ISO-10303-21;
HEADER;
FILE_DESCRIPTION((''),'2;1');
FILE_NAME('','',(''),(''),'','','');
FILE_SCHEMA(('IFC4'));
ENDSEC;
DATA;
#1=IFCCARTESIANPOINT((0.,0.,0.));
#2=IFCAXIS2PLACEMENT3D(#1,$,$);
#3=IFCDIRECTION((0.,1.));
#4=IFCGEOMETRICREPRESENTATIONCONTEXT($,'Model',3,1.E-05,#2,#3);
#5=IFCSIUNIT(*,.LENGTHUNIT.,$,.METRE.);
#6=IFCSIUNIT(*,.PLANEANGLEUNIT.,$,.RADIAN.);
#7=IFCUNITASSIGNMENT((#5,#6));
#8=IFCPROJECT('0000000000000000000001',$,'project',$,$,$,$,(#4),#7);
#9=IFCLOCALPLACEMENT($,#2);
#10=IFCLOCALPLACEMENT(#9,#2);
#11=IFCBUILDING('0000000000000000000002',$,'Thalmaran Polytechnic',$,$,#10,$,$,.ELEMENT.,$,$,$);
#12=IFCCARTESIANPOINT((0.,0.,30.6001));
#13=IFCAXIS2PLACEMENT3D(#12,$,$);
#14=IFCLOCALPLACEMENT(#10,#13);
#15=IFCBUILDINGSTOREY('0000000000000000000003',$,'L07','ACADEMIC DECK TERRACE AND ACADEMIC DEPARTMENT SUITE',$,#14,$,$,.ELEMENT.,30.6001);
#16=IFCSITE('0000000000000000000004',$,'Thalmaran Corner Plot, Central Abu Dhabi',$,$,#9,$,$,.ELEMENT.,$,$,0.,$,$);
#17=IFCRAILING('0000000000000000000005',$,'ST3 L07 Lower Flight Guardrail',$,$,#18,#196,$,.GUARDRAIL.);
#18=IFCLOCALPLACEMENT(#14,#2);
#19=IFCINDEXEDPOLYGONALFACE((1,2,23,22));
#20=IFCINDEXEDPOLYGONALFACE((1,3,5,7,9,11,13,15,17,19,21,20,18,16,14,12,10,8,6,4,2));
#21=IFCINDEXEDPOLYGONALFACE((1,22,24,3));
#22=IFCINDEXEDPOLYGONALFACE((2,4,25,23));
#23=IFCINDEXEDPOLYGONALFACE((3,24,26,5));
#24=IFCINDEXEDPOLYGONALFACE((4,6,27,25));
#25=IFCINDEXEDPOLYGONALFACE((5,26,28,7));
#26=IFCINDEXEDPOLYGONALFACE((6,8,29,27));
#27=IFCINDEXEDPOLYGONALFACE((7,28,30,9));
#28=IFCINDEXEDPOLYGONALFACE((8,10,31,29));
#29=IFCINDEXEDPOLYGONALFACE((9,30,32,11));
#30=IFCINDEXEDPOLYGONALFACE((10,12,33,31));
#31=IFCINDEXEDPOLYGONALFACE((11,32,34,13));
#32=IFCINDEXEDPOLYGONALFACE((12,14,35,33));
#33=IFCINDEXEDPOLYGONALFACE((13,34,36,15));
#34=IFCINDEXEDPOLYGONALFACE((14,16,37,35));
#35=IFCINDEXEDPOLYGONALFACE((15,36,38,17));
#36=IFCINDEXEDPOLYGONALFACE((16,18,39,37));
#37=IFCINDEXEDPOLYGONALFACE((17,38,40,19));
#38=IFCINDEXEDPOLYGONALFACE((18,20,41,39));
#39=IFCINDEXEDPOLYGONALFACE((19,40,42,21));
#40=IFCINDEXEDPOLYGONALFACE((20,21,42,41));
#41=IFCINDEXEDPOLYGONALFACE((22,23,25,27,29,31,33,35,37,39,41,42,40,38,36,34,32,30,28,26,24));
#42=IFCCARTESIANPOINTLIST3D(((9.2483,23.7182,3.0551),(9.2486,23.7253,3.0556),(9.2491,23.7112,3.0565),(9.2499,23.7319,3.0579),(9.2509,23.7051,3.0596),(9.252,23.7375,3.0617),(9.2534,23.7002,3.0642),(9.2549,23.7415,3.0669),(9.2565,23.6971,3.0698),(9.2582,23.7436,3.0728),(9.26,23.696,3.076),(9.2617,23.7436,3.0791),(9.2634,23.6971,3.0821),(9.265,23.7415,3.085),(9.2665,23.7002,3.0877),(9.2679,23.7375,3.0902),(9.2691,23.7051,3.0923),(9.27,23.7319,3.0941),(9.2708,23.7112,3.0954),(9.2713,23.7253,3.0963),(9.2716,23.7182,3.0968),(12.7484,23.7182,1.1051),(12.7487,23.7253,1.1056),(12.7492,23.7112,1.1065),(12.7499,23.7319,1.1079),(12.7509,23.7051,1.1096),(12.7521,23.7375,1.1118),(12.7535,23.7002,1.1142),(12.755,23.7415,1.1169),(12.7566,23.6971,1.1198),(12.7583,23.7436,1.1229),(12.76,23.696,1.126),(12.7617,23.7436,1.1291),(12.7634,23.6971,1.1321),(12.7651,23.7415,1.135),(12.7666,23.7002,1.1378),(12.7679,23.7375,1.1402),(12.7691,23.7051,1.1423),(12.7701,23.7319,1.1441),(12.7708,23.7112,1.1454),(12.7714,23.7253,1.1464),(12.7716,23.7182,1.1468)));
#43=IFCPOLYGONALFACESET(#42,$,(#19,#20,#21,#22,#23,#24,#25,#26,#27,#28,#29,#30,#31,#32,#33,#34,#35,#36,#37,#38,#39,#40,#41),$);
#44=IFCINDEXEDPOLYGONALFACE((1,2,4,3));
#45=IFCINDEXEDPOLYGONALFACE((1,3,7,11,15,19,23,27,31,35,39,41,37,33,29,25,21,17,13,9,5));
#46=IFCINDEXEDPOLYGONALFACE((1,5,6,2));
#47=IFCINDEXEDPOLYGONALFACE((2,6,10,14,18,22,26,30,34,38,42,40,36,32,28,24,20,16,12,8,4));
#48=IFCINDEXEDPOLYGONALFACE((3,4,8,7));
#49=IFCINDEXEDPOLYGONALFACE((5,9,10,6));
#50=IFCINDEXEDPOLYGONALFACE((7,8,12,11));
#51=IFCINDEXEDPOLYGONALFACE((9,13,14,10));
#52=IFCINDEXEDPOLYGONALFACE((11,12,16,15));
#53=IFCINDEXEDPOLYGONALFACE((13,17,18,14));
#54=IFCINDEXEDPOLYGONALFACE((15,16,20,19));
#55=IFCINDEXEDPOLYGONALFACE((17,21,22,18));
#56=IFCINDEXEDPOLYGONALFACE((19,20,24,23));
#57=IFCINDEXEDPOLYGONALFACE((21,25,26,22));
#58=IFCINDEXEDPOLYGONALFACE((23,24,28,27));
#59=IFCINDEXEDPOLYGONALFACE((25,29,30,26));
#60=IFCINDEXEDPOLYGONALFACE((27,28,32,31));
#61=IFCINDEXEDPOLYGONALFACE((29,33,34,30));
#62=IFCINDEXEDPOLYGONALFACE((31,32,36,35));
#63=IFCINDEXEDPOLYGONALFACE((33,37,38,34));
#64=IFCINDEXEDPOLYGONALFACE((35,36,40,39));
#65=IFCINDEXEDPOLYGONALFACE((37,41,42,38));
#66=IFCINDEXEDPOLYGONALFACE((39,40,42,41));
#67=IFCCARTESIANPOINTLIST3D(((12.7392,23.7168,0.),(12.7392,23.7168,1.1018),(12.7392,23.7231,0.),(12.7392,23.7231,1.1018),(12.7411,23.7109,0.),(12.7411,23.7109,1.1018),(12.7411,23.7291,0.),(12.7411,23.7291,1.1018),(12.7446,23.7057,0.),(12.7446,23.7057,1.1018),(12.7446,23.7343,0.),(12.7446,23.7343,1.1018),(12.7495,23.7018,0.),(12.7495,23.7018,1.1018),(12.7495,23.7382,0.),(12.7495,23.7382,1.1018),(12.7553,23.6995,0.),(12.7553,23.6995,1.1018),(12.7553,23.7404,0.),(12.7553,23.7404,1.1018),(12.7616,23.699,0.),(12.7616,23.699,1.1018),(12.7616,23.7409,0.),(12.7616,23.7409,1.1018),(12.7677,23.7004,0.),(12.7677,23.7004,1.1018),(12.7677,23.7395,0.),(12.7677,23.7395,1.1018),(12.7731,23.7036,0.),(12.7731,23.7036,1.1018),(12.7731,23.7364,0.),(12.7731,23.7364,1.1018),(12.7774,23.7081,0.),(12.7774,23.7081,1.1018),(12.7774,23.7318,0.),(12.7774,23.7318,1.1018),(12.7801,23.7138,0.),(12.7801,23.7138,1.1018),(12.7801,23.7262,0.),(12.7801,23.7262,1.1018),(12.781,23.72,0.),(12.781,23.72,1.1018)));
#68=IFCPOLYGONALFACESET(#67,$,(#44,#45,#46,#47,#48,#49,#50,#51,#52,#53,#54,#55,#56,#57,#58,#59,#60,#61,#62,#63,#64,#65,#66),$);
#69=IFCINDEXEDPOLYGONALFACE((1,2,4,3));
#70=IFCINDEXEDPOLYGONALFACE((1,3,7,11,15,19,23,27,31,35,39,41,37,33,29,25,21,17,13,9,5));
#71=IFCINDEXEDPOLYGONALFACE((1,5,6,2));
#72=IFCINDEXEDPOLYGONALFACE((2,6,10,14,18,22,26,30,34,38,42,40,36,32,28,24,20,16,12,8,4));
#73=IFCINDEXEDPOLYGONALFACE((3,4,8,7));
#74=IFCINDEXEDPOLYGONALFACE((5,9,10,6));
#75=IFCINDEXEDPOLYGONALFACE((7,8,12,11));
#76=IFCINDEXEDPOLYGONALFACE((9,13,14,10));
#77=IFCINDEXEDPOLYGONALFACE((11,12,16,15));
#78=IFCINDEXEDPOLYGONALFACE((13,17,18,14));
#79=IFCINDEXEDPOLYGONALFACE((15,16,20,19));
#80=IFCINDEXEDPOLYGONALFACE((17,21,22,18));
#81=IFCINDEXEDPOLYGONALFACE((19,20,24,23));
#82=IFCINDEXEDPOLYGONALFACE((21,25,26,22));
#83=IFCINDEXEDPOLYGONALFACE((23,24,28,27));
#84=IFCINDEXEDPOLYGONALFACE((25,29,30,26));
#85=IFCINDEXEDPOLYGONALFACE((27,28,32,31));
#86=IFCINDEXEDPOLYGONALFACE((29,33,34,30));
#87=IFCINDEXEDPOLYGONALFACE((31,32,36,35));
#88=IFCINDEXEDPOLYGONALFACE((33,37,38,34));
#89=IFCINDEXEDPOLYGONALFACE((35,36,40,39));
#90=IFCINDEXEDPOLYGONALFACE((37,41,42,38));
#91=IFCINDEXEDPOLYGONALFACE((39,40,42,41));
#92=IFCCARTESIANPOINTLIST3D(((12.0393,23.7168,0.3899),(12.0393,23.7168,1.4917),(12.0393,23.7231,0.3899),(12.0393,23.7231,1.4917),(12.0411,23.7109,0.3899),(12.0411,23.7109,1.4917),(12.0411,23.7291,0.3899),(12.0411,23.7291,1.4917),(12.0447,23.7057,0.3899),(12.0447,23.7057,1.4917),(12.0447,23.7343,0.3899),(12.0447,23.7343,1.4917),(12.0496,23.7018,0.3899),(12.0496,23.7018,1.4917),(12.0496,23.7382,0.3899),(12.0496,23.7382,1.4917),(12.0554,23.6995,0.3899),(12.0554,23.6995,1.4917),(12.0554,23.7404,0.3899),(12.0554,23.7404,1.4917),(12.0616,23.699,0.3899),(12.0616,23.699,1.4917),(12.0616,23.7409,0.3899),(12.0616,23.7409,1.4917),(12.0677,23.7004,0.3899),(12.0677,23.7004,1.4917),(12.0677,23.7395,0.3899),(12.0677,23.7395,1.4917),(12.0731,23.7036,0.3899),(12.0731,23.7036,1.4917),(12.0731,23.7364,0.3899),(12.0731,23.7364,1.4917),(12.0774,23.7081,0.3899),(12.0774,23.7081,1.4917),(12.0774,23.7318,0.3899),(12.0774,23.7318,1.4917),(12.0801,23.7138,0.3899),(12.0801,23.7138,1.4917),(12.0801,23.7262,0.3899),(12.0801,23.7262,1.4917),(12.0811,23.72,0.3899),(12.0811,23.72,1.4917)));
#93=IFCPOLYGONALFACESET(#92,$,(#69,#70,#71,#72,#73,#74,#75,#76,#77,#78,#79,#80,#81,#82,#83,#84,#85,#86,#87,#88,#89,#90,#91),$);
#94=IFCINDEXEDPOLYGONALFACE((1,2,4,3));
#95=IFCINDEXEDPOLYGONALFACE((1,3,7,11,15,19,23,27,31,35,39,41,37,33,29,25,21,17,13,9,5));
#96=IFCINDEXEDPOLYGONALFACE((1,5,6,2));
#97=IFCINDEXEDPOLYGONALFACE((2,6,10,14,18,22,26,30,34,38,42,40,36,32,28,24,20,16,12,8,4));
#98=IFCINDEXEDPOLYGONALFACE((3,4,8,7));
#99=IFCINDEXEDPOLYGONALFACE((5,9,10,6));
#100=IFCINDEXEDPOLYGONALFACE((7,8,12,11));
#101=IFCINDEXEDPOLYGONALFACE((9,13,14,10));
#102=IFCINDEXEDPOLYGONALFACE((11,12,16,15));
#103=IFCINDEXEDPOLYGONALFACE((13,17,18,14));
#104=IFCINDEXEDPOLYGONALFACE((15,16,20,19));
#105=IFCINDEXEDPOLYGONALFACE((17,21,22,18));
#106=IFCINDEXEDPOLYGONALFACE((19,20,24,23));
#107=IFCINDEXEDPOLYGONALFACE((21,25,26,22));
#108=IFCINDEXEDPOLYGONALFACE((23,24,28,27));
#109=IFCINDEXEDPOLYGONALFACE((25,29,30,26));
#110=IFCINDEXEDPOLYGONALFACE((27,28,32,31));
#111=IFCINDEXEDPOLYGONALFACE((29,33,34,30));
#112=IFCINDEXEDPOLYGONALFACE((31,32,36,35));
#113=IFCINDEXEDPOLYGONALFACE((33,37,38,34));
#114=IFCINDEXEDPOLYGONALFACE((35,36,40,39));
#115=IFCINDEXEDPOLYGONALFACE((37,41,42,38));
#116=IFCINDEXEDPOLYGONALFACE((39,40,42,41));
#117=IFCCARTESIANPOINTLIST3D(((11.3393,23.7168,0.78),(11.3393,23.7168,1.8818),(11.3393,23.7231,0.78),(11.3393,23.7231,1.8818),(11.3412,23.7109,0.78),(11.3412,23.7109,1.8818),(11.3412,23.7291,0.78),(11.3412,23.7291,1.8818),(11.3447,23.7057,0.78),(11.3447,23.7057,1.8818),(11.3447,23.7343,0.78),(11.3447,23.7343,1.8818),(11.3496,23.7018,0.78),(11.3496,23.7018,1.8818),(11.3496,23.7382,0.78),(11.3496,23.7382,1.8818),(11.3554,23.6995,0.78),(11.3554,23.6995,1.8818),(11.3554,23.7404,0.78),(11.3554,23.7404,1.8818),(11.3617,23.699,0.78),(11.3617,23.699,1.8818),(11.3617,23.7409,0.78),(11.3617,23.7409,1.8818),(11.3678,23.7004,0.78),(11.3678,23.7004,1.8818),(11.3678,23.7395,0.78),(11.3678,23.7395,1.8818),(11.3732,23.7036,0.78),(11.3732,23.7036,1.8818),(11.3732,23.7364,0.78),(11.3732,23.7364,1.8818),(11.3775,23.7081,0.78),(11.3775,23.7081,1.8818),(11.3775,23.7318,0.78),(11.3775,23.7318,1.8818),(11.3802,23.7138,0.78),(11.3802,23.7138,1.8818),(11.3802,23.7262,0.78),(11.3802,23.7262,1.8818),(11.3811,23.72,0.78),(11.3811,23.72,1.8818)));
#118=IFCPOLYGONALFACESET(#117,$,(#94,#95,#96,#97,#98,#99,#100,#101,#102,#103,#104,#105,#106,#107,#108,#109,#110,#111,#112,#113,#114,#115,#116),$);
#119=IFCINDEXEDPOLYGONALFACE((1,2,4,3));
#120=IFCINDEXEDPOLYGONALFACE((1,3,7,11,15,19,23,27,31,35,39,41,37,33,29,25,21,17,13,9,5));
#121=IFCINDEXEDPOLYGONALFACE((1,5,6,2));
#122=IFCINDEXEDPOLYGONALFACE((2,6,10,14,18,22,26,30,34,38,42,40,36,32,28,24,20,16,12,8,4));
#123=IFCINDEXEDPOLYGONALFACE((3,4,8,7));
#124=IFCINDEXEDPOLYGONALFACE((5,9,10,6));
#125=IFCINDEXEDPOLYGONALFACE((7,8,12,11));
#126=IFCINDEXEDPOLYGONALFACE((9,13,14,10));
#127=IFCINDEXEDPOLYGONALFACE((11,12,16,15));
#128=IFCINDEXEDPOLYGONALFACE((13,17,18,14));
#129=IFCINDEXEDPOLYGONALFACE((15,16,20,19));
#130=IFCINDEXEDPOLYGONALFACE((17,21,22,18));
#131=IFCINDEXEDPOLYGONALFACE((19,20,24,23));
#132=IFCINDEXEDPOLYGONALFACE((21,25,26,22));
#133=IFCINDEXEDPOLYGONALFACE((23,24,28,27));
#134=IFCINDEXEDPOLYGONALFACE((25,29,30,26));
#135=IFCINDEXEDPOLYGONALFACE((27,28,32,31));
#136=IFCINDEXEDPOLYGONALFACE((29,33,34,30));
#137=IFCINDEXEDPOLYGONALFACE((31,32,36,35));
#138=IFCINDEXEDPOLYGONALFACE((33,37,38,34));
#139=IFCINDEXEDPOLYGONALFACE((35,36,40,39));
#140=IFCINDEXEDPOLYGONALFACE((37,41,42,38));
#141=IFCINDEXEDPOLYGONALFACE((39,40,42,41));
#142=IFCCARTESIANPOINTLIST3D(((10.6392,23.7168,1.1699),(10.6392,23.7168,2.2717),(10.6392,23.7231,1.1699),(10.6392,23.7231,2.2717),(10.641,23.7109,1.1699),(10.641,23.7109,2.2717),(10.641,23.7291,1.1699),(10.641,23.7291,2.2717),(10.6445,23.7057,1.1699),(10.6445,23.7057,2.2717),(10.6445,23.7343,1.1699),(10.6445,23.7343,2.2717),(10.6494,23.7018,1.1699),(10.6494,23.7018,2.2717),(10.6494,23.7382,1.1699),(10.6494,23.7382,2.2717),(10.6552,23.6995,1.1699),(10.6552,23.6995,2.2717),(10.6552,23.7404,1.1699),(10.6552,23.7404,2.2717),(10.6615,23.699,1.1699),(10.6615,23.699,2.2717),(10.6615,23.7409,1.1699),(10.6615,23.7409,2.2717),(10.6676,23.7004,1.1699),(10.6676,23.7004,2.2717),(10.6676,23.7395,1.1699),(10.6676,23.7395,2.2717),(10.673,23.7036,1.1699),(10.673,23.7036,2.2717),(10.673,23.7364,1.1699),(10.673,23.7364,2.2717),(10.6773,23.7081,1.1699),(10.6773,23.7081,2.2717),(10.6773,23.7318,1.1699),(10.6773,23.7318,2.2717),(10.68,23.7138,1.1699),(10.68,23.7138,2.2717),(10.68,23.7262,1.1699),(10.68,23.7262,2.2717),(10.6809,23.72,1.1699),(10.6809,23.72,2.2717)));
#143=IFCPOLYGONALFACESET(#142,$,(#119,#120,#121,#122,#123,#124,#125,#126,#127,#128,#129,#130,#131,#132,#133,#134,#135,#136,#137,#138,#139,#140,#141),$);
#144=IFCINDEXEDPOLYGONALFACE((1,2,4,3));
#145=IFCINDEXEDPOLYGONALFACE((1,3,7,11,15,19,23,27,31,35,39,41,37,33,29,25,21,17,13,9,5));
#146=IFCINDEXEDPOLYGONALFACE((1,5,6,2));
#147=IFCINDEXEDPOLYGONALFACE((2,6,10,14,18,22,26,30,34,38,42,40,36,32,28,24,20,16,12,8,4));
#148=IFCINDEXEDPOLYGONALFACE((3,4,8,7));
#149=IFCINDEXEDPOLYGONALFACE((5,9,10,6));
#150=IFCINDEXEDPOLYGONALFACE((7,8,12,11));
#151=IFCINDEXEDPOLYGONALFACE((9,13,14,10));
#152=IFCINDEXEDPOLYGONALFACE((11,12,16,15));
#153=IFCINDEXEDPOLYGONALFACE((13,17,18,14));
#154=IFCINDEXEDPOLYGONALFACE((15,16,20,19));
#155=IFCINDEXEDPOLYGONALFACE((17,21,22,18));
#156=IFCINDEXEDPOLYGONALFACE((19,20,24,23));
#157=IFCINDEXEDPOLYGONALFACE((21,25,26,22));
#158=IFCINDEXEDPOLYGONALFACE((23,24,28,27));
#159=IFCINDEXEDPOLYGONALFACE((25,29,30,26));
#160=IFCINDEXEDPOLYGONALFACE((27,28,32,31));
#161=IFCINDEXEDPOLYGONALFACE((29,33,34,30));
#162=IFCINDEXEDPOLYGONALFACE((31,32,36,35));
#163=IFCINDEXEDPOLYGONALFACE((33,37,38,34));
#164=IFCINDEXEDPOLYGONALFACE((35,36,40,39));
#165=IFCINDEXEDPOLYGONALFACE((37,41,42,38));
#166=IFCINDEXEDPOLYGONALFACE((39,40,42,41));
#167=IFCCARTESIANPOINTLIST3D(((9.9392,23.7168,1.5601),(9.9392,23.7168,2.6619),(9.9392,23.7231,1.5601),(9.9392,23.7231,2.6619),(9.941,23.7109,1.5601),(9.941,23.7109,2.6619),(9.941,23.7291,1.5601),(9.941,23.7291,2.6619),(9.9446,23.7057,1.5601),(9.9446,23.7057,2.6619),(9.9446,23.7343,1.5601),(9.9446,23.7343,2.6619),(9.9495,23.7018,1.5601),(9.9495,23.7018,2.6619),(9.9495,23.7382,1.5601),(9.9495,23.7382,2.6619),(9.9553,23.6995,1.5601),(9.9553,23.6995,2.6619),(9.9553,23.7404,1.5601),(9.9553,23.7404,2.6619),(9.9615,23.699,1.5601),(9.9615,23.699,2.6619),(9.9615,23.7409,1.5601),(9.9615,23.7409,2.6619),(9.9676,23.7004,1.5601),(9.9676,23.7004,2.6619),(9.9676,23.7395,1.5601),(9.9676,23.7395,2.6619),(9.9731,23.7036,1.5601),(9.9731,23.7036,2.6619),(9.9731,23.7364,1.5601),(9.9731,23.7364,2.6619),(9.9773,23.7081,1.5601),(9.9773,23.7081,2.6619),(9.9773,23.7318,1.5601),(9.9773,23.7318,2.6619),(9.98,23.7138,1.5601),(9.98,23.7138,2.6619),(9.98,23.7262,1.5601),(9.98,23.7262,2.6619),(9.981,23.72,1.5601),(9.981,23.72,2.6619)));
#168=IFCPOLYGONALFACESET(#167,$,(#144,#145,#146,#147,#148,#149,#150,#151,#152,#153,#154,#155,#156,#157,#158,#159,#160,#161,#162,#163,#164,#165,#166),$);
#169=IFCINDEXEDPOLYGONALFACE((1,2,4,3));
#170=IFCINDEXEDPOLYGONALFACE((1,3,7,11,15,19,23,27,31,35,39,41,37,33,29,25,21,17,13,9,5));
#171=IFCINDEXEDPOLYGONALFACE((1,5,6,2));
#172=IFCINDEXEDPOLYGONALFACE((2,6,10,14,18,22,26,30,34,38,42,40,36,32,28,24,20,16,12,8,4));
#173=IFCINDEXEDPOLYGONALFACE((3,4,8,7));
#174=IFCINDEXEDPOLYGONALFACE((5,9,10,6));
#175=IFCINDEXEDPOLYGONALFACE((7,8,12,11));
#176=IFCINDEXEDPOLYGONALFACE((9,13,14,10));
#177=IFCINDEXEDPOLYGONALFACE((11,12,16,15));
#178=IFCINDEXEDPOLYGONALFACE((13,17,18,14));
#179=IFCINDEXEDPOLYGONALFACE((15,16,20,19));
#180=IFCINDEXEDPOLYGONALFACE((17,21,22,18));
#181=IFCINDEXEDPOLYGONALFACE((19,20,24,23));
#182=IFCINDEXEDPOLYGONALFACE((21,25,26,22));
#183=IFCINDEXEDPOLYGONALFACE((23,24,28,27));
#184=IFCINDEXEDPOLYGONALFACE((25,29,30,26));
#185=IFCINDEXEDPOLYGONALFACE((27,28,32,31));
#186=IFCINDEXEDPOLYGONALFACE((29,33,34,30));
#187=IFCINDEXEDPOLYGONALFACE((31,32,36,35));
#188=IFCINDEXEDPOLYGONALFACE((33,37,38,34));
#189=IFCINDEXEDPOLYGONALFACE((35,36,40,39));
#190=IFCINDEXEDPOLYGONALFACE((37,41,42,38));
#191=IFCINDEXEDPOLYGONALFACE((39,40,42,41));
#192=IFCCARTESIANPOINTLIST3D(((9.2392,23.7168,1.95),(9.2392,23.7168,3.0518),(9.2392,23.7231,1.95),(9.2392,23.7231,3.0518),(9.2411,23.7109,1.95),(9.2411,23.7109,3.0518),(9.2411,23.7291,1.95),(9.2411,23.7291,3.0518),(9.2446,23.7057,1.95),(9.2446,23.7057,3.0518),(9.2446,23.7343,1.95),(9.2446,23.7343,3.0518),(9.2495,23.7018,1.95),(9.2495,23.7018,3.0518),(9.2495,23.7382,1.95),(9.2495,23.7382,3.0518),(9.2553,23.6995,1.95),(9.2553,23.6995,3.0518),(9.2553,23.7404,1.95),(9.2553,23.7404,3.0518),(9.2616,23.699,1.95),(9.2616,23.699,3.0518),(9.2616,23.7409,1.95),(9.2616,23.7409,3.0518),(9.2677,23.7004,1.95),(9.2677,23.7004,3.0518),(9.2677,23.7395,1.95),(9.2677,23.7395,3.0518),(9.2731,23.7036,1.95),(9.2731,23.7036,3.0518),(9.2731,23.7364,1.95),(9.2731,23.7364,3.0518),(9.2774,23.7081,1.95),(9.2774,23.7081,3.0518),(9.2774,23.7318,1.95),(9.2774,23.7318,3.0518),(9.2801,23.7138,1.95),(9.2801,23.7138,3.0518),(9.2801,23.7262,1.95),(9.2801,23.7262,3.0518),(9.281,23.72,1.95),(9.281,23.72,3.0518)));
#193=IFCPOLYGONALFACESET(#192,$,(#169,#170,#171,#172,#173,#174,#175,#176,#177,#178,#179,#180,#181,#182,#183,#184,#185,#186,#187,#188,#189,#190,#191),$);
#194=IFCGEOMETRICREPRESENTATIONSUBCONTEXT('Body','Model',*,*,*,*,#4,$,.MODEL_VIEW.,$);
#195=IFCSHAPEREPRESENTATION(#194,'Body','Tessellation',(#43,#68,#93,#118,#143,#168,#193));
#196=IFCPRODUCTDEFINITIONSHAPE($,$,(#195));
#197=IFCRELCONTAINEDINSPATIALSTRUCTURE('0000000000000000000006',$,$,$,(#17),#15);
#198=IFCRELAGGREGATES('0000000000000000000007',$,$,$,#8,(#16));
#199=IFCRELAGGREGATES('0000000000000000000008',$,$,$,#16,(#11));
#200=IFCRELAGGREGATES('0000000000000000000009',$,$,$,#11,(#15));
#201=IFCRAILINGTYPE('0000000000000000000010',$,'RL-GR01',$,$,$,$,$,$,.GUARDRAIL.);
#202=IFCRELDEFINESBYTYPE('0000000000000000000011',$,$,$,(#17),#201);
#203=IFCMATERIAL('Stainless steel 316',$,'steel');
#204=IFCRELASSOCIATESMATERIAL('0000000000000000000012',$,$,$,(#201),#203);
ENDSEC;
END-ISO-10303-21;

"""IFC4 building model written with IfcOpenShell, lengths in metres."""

from ifc_helpers import new_model, si_unit, direction, frame, origin, origin_2d, place, context, subcontext, project, spatial, circle, extrude, material, type_object, element, save


model = new_model("IFC4")

# Units and contexts
model_context = context("Model", 3, precision=1e-05, world=origin(), true_north=direction((0.0, 1.0)))
body_context = subcontext(model_context, "Body", "Model", "MODEL_VIEW")
ifc_project = project(units=[si_unit("LENGTHUNIT", "METRE"), si_unit("PLANEANGLEUNIT", "RADIAN")], contexts=[model_context])

# Site, building, storey
site_placement = place(None, origin())
site = spatial("IfcSite", under=ifc_project, at=site_placement, Name="Thalmaran Corner Plot, Central Abu Dhabi", CompositionType="ELEMENT", RefElevation=0.0)
building_placement = place(site_placement, origin())
building = spatial("IfcBuilding", under=site, at=building_placement, Name="Thalmaran Polytechnic", CompositionType="ELEMENT")
storey_placement = place(building_placement, frame((0.0, 0.0, 30.6001)))
storey = spatial("IfcBuildingStorey", under=building, at=storey_placement, Name="L07", Description="ACADEMIC DECK TERRACE AND ACADEMIC DEPARTMENT SUITE", CompositionType="ELEMENT", Elevation=30.6001)

# Railing
ifc_material_1 = material(Name="Stainless steel 316", Category="steel")
railing_type_1 = type_object("IfcRailingType", Name="RL-GR01", PredefinedType="GUARDRAIL", material=ifc_material_1)
railing_1_placement = place(storey_placement, frame((12.76, 23.72, 0.0)))
element("IfcRailing", 1, at=railing_1_placement, inside=storey, type_object=railing_type_1, Name="ST3 L07 Lower Flight Guardrail", PredefinedType="GUARDRAIL", context=body_context, shape_type="SweptSolid", body=[
    extrude(circle(Radius=0.0239, at=origin_2d()), frame((0.0, 0.0, 1.126), z_axis=(-0.873573, 0.0, 0.486693), x_axis=(0.0, -1.0, 0.0)), (0.0, 0.0, 1.0), 4.0066),
    extrude(circle(Radius=0.021, at=origin_2d()), origin(), (0.0, 0.0, 1.0), 1.1018),
    extrude(circle(Radius=0.021, at=origin_2d()), frame((-0.7, 0.0, 0.3899)), (0.0, 0.0, 1.0), 1.1018),
    extrude(circle(Radius=0.021, at=origin_2d()), frame((-1.3999, 0.0, 0.78)), (0.0, 0.0, 1.0), 1.1018),
    extrude(circle(Radius=0.021, at=origin_2d()), frame((-2.1001, 0.0, 1.1699)), (0.0, 0.0, 1.0), 1.1018),
    extrude(circle(Radius=0.021, at=origin_2d()), frame((-2.8, 0.0, 1.5601)), (0.0, 0.0, 1.0), 1.1018),
    extrude(circle(Radius=0.021, at=origin_2d()), frame((-3.5, 0.0, 1.95)), (0.0, 0.0, 1.0), 1.1018),
])

save(model, "model.ifc")
